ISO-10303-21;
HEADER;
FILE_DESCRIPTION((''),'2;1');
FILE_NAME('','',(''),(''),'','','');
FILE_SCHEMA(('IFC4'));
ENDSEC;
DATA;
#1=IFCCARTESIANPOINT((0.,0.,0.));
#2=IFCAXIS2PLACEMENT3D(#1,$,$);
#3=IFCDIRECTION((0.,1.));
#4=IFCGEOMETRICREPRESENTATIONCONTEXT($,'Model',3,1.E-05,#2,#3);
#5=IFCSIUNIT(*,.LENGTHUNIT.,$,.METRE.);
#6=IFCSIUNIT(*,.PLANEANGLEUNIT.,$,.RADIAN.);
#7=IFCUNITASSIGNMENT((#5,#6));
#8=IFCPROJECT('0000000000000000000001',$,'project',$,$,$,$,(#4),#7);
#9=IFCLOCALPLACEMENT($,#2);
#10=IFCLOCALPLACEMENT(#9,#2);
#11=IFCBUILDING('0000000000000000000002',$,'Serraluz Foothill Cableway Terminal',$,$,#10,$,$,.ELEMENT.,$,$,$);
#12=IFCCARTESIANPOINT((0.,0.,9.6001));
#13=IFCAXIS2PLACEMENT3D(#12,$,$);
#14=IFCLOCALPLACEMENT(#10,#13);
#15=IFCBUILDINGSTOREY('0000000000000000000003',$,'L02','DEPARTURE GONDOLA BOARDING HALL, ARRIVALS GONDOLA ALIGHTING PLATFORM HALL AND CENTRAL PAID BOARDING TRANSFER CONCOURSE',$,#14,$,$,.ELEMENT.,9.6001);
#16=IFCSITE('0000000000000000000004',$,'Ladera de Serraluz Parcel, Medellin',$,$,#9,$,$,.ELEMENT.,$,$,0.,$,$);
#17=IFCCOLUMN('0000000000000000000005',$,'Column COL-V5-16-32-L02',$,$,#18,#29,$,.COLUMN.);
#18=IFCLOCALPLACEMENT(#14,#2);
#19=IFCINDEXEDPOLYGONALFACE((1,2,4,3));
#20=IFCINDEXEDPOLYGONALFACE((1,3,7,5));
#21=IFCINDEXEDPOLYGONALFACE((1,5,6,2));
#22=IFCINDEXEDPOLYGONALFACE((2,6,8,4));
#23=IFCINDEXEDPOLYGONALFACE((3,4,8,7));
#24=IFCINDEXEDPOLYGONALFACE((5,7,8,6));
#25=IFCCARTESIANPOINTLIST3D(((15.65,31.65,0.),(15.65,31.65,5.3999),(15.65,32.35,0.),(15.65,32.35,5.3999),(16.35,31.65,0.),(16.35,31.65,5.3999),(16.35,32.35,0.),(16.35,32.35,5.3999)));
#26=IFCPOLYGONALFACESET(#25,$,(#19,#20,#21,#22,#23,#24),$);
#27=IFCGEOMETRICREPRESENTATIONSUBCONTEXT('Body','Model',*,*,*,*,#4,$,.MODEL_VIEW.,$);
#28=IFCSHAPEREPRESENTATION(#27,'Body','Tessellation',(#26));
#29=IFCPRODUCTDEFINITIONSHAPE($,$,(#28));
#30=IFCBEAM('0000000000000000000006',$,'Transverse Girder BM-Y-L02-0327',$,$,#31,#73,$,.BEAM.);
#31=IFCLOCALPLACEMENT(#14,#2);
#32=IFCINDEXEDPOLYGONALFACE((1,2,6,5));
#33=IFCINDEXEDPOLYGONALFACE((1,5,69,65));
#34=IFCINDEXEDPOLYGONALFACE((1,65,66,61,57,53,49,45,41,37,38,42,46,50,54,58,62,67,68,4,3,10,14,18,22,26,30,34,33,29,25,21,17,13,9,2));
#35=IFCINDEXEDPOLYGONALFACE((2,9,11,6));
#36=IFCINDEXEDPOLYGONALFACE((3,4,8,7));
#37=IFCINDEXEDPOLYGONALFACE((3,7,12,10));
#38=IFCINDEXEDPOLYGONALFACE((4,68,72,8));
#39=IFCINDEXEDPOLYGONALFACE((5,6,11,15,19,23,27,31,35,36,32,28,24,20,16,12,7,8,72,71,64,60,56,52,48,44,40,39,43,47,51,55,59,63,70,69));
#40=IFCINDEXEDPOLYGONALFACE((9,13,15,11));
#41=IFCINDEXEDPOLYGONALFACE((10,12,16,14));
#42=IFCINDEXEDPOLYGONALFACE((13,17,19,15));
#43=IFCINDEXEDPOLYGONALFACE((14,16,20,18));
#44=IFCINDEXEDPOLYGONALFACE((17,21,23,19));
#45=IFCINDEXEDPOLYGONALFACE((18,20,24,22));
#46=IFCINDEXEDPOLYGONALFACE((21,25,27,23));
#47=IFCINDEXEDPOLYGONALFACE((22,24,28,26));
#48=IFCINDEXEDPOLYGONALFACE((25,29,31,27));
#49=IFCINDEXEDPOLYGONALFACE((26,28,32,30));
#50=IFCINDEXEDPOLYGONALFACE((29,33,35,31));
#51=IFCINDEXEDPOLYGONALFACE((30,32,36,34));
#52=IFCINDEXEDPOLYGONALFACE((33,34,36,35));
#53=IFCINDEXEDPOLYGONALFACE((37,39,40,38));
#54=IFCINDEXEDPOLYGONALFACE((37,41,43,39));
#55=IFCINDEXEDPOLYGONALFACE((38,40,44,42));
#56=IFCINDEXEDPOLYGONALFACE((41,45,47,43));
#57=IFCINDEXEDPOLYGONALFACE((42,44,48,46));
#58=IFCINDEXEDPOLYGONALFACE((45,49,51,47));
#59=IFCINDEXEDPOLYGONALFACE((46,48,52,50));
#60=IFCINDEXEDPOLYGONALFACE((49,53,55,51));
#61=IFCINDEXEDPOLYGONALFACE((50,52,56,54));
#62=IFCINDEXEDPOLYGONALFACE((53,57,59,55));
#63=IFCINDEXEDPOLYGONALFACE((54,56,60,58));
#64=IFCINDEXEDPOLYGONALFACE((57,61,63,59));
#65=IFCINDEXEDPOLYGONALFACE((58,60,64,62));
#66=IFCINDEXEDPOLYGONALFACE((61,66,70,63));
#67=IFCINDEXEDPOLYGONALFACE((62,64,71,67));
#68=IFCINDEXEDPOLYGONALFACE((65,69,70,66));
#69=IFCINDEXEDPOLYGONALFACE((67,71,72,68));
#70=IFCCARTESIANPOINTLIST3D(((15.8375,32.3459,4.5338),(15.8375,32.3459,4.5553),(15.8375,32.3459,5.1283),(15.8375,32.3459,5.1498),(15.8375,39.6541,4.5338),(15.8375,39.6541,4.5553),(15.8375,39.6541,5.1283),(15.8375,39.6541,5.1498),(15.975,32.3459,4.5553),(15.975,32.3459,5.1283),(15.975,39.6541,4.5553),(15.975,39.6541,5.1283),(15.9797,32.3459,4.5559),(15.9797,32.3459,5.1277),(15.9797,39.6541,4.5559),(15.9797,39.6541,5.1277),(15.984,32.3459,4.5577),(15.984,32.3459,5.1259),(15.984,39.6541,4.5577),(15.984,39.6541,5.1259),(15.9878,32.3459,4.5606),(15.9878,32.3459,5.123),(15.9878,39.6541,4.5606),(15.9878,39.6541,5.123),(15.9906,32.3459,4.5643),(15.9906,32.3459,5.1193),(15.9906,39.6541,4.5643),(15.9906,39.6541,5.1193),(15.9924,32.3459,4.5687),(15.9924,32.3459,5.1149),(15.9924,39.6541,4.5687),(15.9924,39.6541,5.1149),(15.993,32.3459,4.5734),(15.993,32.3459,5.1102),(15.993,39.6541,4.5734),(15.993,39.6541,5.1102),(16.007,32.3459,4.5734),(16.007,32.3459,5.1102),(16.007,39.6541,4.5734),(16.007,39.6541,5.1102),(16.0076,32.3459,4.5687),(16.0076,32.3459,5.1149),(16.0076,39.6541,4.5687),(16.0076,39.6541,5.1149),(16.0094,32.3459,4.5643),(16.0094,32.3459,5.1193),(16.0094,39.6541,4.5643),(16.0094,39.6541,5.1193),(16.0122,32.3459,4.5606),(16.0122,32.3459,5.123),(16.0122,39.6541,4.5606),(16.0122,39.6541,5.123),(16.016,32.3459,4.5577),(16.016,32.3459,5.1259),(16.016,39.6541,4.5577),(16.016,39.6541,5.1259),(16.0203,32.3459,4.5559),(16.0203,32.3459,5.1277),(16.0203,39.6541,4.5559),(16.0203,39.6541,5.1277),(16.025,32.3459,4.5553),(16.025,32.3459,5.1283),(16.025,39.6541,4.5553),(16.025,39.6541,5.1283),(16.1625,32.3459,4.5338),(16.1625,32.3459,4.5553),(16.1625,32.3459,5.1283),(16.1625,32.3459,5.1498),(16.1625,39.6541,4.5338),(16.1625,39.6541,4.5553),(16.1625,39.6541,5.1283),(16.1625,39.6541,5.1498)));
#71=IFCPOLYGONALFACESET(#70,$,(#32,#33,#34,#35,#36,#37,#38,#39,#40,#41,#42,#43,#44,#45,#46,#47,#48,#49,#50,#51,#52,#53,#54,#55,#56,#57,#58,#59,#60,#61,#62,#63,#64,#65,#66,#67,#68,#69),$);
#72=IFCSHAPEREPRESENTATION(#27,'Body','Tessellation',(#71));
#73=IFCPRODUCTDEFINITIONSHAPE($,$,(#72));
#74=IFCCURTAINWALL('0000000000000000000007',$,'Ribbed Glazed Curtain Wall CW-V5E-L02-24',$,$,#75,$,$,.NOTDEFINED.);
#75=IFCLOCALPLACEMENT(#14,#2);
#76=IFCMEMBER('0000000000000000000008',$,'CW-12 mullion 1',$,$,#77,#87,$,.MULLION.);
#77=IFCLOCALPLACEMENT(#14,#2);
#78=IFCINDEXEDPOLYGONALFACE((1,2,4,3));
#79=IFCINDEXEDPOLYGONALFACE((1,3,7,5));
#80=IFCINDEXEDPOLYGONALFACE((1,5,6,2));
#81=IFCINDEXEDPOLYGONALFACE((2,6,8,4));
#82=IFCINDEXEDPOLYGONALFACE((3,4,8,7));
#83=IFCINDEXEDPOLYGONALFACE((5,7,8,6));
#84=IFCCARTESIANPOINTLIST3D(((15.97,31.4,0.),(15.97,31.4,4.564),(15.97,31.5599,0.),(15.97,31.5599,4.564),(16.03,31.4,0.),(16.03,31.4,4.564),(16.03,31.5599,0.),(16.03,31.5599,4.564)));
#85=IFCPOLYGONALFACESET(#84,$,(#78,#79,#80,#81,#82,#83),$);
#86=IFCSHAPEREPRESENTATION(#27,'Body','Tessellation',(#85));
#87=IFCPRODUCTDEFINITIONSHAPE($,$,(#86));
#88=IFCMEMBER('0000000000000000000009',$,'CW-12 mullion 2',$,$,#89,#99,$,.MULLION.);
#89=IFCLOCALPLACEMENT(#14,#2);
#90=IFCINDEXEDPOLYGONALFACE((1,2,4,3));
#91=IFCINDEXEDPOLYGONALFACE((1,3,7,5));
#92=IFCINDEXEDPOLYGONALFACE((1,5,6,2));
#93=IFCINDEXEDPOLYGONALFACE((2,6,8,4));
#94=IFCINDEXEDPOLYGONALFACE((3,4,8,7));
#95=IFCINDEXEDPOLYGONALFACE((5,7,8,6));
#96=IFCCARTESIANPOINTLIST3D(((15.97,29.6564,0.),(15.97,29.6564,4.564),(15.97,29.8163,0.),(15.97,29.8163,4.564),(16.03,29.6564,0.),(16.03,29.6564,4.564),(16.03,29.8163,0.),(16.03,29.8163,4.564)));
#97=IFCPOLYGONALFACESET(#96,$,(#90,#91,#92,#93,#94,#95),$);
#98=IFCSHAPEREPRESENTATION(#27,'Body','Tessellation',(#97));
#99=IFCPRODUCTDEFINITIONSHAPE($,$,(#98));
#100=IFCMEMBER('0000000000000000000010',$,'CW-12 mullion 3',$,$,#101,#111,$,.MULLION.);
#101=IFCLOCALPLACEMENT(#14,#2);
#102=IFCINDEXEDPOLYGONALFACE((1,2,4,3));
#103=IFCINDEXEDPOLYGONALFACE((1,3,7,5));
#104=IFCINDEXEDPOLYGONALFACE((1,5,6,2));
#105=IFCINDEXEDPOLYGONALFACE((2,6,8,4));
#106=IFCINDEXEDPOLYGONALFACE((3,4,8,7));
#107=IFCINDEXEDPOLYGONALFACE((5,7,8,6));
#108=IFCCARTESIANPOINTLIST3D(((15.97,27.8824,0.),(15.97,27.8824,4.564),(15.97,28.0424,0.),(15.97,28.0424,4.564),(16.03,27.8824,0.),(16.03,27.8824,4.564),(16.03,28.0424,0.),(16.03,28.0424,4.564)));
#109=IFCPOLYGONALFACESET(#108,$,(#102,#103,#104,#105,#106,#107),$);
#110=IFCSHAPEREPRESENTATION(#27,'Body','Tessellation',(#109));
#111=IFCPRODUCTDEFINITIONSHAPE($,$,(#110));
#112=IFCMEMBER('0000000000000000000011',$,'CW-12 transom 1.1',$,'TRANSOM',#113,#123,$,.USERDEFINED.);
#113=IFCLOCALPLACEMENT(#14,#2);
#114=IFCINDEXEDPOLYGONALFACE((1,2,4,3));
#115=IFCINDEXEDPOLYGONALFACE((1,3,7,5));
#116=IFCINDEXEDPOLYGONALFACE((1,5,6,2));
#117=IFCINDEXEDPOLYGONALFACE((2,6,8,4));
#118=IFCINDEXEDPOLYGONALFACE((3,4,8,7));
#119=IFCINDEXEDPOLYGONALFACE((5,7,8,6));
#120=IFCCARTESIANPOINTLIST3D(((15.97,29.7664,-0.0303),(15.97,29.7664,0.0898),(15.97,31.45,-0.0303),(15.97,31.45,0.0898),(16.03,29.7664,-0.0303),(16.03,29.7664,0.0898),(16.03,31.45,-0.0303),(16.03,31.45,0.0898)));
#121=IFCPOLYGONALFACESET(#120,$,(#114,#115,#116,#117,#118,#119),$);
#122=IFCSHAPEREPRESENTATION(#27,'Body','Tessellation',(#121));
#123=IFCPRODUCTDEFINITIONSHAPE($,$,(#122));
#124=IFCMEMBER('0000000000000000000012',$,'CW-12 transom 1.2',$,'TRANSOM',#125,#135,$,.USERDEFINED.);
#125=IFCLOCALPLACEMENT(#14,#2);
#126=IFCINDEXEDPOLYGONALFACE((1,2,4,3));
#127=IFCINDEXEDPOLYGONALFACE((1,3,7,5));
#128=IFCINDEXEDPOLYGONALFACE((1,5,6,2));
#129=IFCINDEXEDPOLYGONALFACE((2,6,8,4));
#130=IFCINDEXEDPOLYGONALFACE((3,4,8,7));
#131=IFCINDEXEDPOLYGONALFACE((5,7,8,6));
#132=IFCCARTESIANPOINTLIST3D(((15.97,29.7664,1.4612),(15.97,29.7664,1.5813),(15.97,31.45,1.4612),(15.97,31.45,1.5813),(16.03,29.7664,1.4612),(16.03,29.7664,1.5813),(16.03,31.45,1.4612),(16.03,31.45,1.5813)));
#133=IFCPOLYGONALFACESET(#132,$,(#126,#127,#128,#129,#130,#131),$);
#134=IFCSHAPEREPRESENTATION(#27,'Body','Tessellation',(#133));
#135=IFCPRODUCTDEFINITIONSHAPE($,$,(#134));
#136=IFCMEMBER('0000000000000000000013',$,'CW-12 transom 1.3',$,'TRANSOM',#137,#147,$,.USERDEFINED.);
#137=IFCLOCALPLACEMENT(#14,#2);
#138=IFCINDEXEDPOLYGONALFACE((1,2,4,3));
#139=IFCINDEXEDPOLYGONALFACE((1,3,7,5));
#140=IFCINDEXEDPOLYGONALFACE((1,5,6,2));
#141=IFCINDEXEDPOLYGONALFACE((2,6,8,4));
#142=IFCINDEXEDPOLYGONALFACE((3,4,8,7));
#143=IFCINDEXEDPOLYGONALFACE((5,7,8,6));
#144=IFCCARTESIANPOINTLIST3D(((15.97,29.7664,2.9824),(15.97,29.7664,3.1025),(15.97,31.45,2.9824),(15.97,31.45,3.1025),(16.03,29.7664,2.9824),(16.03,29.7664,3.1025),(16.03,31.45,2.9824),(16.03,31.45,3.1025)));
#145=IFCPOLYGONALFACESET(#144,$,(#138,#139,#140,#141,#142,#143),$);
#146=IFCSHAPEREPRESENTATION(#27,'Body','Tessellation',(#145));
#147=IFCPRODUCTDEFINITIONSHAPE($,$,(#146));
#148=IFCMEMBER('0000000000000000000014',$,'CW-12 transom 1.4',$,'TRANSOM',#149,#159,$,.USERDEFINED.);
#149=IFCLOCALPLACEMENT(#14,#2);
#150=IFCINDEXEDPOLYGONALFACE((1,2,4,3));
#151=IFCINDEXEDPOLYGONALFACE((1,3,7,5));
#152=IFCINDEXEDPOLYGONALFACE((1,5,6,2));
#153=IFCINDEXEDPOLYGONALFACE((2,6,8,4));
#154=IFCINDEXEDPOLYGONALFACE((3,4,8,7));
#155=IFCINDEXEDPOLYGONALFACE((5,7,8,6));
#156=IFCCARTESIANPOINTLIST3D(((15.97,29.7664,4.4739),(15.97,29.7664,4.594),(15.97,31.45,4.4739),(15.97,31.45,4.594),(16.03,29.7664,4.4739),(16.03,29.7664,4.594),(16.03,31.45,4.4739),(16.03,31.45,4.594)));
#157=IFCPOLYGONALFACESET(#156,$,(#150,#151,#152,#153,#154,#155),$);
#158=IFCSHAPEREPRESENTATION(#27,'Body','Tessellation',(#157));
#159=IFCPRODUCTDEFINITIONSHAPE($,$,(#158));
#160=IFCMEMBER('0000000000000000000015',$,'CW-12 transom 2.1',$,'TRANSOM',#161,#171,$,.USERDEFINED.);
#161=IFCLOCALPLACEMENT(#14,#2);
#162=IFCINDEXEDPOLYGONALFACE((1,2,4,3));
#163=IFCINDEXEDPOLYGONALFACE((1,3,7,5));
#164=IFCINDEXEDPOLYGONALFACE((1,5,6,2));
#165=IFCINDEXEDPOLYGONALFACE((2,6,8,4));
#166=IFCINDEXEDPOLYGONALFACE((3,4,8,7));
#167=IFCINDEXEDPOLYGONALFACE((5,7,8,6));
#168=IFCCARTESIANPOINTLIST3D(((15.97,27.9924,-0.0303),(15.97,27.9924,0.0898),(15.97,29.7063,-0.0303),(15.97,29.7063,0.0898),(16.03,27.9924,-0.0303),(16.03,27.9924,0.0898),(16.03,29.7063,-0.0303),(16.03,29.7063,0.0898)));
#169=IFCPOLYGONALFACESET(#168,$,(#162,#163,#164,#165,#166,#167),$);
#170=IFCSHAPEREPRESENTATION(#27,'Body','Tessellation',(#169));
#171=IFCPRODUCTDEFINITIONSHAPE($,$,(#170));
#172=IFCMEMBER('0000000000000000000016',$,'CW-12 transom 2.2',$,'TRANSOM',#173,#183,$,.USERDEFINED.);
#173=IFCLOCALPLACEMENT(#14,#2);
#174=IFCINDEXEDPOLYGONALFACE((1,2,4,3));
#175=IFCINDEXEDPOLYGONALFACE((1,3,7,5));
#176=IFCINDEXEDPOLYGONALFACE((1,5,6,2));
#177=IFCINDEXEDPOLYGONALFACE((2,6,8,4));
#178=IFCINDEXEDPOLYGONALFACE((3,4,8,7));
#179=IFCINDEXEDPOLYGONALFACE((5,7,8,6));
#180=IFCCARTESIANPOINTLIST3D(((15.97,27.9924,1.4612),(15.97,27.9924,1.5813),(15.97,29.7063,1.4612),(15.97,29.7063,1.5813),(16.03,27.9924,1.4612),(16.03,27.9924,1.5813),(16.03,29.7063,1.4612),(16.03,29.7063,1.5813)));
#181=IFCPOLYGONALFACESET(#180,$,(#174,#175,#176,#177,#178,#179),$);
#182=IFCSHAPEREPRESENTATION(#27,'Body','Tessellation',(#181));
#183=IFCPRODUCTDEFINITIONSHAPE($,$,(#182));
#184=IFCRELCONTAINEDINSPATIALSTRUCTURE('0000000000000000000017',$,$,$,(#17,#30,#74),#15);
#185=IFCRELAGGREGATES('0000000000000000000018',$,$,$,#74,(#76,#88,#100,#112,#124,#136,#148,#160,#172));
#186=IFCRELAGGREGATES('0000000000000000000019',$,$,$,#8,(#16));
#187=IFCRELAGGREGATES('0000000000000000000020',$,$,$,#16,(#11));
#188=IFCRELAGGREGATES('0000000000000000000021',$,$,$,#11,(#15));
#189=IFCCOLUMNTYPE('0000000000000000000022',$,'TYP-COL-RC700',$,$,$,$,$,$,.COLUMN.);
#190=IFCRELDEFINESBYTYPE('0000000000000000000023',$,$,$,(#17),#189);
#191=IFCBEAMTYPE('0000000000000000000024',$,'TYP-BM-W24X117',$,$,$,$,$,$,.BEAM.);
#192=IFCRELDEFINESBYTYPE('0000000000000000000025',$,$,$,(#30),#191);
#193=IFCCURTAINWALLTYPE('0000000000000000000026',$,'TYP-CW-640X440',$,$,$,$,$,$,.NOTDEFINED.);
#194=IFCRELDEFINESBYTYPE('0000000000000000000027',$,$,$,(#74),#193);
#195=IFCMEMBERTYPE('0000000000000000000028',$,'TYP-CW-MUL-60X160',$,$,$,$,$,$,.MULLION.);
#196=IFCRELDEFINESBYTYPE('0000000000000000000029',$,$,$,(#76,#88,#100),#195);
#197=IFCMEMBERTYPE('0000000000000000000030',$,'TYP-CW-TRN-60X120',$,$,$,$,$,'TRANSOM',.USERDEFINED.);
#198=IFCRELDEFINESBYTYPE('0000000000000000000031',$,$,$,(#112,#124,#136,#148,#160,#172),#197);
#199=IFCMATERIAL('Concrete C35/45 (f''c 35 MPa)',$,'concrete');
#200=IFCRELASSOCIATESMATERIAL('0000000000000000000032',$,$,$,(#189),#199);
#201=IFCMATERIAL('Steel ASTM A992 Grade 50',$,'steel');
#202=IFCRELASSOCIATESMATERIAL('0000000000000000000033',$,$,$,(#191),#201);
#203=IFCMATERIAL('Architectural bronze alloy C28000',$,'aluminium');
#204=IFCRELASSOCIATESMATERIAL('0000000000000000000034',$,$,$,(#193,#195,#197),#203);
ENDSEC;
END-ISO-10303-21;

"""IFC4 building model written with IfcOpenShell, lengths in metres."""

from ifc_helpers import new_model, si_unit, direction, frame, origin, origin_2d, place, context, subcontext, project, spatial, rectangle, i_section, extrude, material, material_profile, profile_set, type_object, element, aggregate, save


model = new_model("IFC4")

# Units and contexts
model_context = context("Model", 3, precision=1e-05, world=origin(), true_north=direction((0.0, 1.0)))
body_context = subcontext(model_context, "Body", "Model", "MODEL_VIEW")
ifc_project = project(units=[si_unit("LENGTHUNIT", "METRE"), si_unit("PLANEANGLEUNIT", "RADIAN")], contexts=[model_context])

# Site, building, storey
site_placement = place(None, origin())
site = spatial("IfcSite", under=ifc_project, at=site_placement, Name="Ladera de Serraluz Parcel, Medellin", CompositionType="ELEMENT", RefElevation=0.0)
building_placement = place(site_placement, origin())
building = spatial("IfcBuilding", under=site, at=building_placement, Name="Serraluz Foothill Cableway Terminal", CompositionType="ELEMENT")
storey_placement = place(building_placement, frame((0.0, 0.0, 9.6001)))
storey = spatial("IfcBuildingStorey", under=building, at=storey_placement, Name="L02", Description="DEPARTURE GONDOLA BOARDING HALL, ARRIVALS GONDOLA ALIGHTING PLATFORM HALL AND CENTRAL PAID BOARDING TRANSFER CONCOURSE", CompositionType="ELEMENT", Elevation=9.6001)

# Column
ifc_material_1 = material(Name="Concrete C35/45 (f'c 35 MPa)", Category="concrete")
ifc_material_profile_1 = material_profile(ifc_material_1, rectangle(XDim=0.7, YDim=0.7, at=origin_2d()), Name="RC 700x700")
ifc_profile_set_1 = profile_set([ifc_material_profile_1], Name="Concrete C35/45 (f'c 35 MPa)")
column_type = type_object("IfcColumnType", Name="TYP-COL-RC700", PredefinedType="COLUMN", material=ifc_profile_set_1)
column_placement = place(storey_placement, frame((16.0, 32.0, 0.0), z_axis=(0.0, 0.0, 1.0), x_axis=(1.0, 0.0, 0.0)))
element("IfcColumn", 1, at=column_placement, inside=storey, type_object=column_type, Name="Column COL-V5-16-32-L02", PredefinedType="COLUMN", context=body_context, shape_type="SweptSolid", body=[
    extrude(rectangle(XDim=0.7, YDim=0.7, at=origin_2d()), origin(), (0.0, 0.0, 1.0), 5.3999),
])

# Beam
ifc_material_2 = material(Name="Steel ASTM A992 Grade 50", Category="steel")
ifc_material_profile_2 = material_profile(ifc_material_2, i_section(OverallWidth=0.325, OverallDepth=0.616, WebThickness=0.0139, FlangeThickness=0.0215, FilletRadius=0.0181, at=origin_2d()), Name="W24X117")
ifc_profile_set_2 = profile_set([ifc_material_profile_2], Name="Steel ASTM A992 Grade 50")
beam_type = type_object("IfcBeamType", Name="TYP-BM-W24X117", PredefinedType="BEAM", material=ifc_profile_set_2)
beam_placement = place(storey_placement, frame((16.0, 32.3459, 4.8418), z_axis=(0.0, 1.0, 0.0), x_axis=(-1.0, 0.0, 0.0)))
element("IfcBeam", 2, at=beam_placement, inside=storey, type_object=beam_type, Name="Transverse Girder BM-Y-L02-0327", PredefinedType="BEAM", context=body_context, shape_type="SweptSolid", body=[
    extrude(i_section(OverallWidth=0.325, OverallDepth=0.616, WebThickness=0.0139, FlangeThickness=0.0215, FilletRadius=0.0181, at=origin_2d()), origin(), (0.0, 0.0, 1.0), 7.3081),
])

# Curtain wall, members
ifc_material_3 = material(Name="Architectural bronze alloy C28000", Category="aluminium")
curtain_wall_type = type_object("IfcCurtainWallType", Name="TYP-CW-640X440", PredefinedType="NOTDEFINED", material=ifc_material_3)
curtain_wall_placement = place(storey_placement, origin())
curtain_wall = element("IfcCurtainWall", 3, at=curtain_wall_placement, inside=storey, type_object=curtain_wall_type, Name="Ribbed Glazed Curtain Wall CW-V5E-L02-24", PredefinedType="NOTDEFINED")
ifc_material_profile_3 = material_profile(ifc_material_3, rectangle(XDim=0.0601, YDim=0.1599, at=origin_2d()), Name="ALU MULLION 60x160")
ifc_profile_set_3 = profile_set([ifc_material_profile_3], Name="Architectural bronze alloy C28000")
member_type_1 = type_object("IfcMemberType", Name="TYP-CW-MUL-60X160", PredefinedType="MULLION", material=ifc_profile_set_3)
member_1_placement = place(storey_placement, frame((16.0, 31.48, 0.0), z_axis=(0.0, 0.0, 1.0), x_axis=(1.0, 0.0, 0.0)))
member_1 = element("IfcMember", 4, at=member_1_placement, type_object=member_type_1, Name="CW-12 mullion 1", PredefinedType="MULLION", context=body_context, shape_type="SweptSolid", body=[
    extrude(rectangle(XDim=0.0601, YDim=0.1599, at=origin_2d()), origin(), (0.0, 0.0, 1.0), 4.564),
])
member_2_placement = place(storey_placement, frame((16.0, 29.7363, 0.0), z_axis=(0.0, 0.0, 1.0), x_axis=(1.0, 0.0, 0.0)))
member_2 = element("IfcMember", 5, at=member_2_placement, type_object=member_type_1, Name="CW-12 mullion 2", PredefinedType="MULLION", context=body_context, shape_type="SweptSolid", body=[
    extrude(rectangle(XDim=0.0601, YDim=0.1599, at=origin_2d()), origin(), (0.0, 0.0, 1.0), 4.564),
])
member_3_placement = place(storey_placement, frame((16.0, 27.9624, 0.0), z_axis=(0.0, 0.0, 1.0), x_axis=(1.0, 0.0, 0.0)))
member_3 = element("IfcMember", 6, at=member_3_placement, type_object=member_type_1, Name="CW-12 mullion 3", PredefinedType="MULLION", context=body_context, shape_type="SweptSolid", body=[
    extrude(rectangle(XDim=0.0601, YDim=0.1599, at=origin_2d()), origin(), (0.0, 0.0, 1.0), 4.564),
])
ifc_material_profile_4 = material_profile(ifc_material_3, rectangle(XDim=0.0601, YDim=0.1201, at=origin_2d()), Name="ALU TRANSOM 60x120")
ifc_profile_set_4 = profile_set([ifc_material_profile_4], Name="Architectural bronze alloy C28000")
member_type_2 = type_object("IfcMemberType", Name="TYP-CW-TRN-60X120", ElementType="TRANSOM", PredefinedType="USERDEFINED", material=ifc_profile_set_4)
member_4_placement = place(storey_placement, frame((16.0, 31.45, 0.0298), z_axis=(0.0, -1.0, 0.0), x_axis=(1.0, 0.0, 0.0)))
member_4 = element("IfcMember", 7, at=member_4_placement, type_object=member_type_2, Name="CW-12 transom 1.1", ObjectType="TRANSOM", PredefinedType="USERDEFINED", context=body_context, shape_type="SweptSolid", body=[
    extrude(rectangle(XDim=0.0601, YDim=0.1201, at=origin_2d()), origin(), (0.0, 0.0, 1.0), 1.6836),
])
member_5_placement = place(storey_placement, frame((16.0, 31.45, 1.5212), z_axis=(0.0, -1.0, 0.0), x_axis=(1.0, 0.0, 0.0)))
member_5 = element("IfcMember", 8, at=member_5_placement, type_object=member_type_2, Name="CW-12 transom 1.2", ObjectType="TRANSOM", PredefinedType="USERDEFINED", context=body_context, shape_type="SweptSolid", body=[
    extrude(rectangle(XDim=0.0601, YDim=0.1201, at=origin_2d()), origin(), (0.0, 0.0, 1.0), 1.6836),
])
member_6_placement = place(storey_placement, frame((16.0, 31.45, 3.0425), z_axis=(0.0, -1.0, 0.0), x_axis=(1.0, 0.0, 0.0)))
member_6 = element("IfcMember", 9, at=member_6_placement, type_object=member_type_2, Name="CW-12 transom 1.3", ObjectType="TRANSOM", PredefinedType="USERDEFINED", context=body_context, shape_type="SweptSolid", body=[
    extrude(rectangle(XDim=0.0601, YDim=0.1201, at=origin_2d()), origin(), (0.0, 0.0, 1.0), 1.6836),
])
member_7_placement = place(storey_placement, frame((16.0, 31.45, 4.5339), z_axis=(0.0, -1.0, 0.0), x_axis=(1.0, 0.0, 0.0)))
member_7 = element("IfcMember", 10, at=member_7_placement, type_object=member_type_2, Name="CW-12 transom 1.4", ObjectType="TRANSOM", PredefinedType="USERDEFINED", context=body_context, shape_type="SweptSolid", body=[
    extrude(rectangle(XDim=0.0601, YDim=0.1201, at=origin_2d()), origin(), (0.0, 0.0, 1.0), 1.6836),
])
member_8_placement = place(storey_placement, frame((16.0, 29.7063, 0.0298), z_axis=(0.0, -1.0, 0.0), x_axis=(1.0, 0.0, 0.0)))
member_8 = element("IfcMember", 11, at=member_8_placement, type_object=member_type_2, Name="CW-12 transom 2.1", ObjectType="TRANSOM", PredefinedType="USERDEFINED", context=body_context, shape_type="SweptSolid", body=[
    extrude(rectangle(XDim=0.0601, YDim=0.1201, at=origin_2d()), origin(), (0.0, 0.0, 1.0), 1.7139),
])
member_9_placement = place(storey_placement, frame((16.0, 29.7063, 1.5212), z_axis=(0.0, -1.0, 0.0), x_axis=(1.0, 0.0, 0.0)))
member_9 = element("IfcMember", 12, at=member_9_placement, type_object=member_type_2, Name="CW-12 transom 2.2", ObjectType="TRANSOM", PredefinedType="USERDEFINED", context=body_context, shape_type="SweptSolid", body=[
    extrude(rectangle(XDim=0.0601, YDim=0.1201, at=origin_2d()), origin(), (0.0, 0.0, 1.0), 1.7139),
])
aggregate(curtain_wall, [member_1, member_2, member_3, member_4, member_5, member_6, member_7, member_8, member_9])

save(model, "model.ifc")
